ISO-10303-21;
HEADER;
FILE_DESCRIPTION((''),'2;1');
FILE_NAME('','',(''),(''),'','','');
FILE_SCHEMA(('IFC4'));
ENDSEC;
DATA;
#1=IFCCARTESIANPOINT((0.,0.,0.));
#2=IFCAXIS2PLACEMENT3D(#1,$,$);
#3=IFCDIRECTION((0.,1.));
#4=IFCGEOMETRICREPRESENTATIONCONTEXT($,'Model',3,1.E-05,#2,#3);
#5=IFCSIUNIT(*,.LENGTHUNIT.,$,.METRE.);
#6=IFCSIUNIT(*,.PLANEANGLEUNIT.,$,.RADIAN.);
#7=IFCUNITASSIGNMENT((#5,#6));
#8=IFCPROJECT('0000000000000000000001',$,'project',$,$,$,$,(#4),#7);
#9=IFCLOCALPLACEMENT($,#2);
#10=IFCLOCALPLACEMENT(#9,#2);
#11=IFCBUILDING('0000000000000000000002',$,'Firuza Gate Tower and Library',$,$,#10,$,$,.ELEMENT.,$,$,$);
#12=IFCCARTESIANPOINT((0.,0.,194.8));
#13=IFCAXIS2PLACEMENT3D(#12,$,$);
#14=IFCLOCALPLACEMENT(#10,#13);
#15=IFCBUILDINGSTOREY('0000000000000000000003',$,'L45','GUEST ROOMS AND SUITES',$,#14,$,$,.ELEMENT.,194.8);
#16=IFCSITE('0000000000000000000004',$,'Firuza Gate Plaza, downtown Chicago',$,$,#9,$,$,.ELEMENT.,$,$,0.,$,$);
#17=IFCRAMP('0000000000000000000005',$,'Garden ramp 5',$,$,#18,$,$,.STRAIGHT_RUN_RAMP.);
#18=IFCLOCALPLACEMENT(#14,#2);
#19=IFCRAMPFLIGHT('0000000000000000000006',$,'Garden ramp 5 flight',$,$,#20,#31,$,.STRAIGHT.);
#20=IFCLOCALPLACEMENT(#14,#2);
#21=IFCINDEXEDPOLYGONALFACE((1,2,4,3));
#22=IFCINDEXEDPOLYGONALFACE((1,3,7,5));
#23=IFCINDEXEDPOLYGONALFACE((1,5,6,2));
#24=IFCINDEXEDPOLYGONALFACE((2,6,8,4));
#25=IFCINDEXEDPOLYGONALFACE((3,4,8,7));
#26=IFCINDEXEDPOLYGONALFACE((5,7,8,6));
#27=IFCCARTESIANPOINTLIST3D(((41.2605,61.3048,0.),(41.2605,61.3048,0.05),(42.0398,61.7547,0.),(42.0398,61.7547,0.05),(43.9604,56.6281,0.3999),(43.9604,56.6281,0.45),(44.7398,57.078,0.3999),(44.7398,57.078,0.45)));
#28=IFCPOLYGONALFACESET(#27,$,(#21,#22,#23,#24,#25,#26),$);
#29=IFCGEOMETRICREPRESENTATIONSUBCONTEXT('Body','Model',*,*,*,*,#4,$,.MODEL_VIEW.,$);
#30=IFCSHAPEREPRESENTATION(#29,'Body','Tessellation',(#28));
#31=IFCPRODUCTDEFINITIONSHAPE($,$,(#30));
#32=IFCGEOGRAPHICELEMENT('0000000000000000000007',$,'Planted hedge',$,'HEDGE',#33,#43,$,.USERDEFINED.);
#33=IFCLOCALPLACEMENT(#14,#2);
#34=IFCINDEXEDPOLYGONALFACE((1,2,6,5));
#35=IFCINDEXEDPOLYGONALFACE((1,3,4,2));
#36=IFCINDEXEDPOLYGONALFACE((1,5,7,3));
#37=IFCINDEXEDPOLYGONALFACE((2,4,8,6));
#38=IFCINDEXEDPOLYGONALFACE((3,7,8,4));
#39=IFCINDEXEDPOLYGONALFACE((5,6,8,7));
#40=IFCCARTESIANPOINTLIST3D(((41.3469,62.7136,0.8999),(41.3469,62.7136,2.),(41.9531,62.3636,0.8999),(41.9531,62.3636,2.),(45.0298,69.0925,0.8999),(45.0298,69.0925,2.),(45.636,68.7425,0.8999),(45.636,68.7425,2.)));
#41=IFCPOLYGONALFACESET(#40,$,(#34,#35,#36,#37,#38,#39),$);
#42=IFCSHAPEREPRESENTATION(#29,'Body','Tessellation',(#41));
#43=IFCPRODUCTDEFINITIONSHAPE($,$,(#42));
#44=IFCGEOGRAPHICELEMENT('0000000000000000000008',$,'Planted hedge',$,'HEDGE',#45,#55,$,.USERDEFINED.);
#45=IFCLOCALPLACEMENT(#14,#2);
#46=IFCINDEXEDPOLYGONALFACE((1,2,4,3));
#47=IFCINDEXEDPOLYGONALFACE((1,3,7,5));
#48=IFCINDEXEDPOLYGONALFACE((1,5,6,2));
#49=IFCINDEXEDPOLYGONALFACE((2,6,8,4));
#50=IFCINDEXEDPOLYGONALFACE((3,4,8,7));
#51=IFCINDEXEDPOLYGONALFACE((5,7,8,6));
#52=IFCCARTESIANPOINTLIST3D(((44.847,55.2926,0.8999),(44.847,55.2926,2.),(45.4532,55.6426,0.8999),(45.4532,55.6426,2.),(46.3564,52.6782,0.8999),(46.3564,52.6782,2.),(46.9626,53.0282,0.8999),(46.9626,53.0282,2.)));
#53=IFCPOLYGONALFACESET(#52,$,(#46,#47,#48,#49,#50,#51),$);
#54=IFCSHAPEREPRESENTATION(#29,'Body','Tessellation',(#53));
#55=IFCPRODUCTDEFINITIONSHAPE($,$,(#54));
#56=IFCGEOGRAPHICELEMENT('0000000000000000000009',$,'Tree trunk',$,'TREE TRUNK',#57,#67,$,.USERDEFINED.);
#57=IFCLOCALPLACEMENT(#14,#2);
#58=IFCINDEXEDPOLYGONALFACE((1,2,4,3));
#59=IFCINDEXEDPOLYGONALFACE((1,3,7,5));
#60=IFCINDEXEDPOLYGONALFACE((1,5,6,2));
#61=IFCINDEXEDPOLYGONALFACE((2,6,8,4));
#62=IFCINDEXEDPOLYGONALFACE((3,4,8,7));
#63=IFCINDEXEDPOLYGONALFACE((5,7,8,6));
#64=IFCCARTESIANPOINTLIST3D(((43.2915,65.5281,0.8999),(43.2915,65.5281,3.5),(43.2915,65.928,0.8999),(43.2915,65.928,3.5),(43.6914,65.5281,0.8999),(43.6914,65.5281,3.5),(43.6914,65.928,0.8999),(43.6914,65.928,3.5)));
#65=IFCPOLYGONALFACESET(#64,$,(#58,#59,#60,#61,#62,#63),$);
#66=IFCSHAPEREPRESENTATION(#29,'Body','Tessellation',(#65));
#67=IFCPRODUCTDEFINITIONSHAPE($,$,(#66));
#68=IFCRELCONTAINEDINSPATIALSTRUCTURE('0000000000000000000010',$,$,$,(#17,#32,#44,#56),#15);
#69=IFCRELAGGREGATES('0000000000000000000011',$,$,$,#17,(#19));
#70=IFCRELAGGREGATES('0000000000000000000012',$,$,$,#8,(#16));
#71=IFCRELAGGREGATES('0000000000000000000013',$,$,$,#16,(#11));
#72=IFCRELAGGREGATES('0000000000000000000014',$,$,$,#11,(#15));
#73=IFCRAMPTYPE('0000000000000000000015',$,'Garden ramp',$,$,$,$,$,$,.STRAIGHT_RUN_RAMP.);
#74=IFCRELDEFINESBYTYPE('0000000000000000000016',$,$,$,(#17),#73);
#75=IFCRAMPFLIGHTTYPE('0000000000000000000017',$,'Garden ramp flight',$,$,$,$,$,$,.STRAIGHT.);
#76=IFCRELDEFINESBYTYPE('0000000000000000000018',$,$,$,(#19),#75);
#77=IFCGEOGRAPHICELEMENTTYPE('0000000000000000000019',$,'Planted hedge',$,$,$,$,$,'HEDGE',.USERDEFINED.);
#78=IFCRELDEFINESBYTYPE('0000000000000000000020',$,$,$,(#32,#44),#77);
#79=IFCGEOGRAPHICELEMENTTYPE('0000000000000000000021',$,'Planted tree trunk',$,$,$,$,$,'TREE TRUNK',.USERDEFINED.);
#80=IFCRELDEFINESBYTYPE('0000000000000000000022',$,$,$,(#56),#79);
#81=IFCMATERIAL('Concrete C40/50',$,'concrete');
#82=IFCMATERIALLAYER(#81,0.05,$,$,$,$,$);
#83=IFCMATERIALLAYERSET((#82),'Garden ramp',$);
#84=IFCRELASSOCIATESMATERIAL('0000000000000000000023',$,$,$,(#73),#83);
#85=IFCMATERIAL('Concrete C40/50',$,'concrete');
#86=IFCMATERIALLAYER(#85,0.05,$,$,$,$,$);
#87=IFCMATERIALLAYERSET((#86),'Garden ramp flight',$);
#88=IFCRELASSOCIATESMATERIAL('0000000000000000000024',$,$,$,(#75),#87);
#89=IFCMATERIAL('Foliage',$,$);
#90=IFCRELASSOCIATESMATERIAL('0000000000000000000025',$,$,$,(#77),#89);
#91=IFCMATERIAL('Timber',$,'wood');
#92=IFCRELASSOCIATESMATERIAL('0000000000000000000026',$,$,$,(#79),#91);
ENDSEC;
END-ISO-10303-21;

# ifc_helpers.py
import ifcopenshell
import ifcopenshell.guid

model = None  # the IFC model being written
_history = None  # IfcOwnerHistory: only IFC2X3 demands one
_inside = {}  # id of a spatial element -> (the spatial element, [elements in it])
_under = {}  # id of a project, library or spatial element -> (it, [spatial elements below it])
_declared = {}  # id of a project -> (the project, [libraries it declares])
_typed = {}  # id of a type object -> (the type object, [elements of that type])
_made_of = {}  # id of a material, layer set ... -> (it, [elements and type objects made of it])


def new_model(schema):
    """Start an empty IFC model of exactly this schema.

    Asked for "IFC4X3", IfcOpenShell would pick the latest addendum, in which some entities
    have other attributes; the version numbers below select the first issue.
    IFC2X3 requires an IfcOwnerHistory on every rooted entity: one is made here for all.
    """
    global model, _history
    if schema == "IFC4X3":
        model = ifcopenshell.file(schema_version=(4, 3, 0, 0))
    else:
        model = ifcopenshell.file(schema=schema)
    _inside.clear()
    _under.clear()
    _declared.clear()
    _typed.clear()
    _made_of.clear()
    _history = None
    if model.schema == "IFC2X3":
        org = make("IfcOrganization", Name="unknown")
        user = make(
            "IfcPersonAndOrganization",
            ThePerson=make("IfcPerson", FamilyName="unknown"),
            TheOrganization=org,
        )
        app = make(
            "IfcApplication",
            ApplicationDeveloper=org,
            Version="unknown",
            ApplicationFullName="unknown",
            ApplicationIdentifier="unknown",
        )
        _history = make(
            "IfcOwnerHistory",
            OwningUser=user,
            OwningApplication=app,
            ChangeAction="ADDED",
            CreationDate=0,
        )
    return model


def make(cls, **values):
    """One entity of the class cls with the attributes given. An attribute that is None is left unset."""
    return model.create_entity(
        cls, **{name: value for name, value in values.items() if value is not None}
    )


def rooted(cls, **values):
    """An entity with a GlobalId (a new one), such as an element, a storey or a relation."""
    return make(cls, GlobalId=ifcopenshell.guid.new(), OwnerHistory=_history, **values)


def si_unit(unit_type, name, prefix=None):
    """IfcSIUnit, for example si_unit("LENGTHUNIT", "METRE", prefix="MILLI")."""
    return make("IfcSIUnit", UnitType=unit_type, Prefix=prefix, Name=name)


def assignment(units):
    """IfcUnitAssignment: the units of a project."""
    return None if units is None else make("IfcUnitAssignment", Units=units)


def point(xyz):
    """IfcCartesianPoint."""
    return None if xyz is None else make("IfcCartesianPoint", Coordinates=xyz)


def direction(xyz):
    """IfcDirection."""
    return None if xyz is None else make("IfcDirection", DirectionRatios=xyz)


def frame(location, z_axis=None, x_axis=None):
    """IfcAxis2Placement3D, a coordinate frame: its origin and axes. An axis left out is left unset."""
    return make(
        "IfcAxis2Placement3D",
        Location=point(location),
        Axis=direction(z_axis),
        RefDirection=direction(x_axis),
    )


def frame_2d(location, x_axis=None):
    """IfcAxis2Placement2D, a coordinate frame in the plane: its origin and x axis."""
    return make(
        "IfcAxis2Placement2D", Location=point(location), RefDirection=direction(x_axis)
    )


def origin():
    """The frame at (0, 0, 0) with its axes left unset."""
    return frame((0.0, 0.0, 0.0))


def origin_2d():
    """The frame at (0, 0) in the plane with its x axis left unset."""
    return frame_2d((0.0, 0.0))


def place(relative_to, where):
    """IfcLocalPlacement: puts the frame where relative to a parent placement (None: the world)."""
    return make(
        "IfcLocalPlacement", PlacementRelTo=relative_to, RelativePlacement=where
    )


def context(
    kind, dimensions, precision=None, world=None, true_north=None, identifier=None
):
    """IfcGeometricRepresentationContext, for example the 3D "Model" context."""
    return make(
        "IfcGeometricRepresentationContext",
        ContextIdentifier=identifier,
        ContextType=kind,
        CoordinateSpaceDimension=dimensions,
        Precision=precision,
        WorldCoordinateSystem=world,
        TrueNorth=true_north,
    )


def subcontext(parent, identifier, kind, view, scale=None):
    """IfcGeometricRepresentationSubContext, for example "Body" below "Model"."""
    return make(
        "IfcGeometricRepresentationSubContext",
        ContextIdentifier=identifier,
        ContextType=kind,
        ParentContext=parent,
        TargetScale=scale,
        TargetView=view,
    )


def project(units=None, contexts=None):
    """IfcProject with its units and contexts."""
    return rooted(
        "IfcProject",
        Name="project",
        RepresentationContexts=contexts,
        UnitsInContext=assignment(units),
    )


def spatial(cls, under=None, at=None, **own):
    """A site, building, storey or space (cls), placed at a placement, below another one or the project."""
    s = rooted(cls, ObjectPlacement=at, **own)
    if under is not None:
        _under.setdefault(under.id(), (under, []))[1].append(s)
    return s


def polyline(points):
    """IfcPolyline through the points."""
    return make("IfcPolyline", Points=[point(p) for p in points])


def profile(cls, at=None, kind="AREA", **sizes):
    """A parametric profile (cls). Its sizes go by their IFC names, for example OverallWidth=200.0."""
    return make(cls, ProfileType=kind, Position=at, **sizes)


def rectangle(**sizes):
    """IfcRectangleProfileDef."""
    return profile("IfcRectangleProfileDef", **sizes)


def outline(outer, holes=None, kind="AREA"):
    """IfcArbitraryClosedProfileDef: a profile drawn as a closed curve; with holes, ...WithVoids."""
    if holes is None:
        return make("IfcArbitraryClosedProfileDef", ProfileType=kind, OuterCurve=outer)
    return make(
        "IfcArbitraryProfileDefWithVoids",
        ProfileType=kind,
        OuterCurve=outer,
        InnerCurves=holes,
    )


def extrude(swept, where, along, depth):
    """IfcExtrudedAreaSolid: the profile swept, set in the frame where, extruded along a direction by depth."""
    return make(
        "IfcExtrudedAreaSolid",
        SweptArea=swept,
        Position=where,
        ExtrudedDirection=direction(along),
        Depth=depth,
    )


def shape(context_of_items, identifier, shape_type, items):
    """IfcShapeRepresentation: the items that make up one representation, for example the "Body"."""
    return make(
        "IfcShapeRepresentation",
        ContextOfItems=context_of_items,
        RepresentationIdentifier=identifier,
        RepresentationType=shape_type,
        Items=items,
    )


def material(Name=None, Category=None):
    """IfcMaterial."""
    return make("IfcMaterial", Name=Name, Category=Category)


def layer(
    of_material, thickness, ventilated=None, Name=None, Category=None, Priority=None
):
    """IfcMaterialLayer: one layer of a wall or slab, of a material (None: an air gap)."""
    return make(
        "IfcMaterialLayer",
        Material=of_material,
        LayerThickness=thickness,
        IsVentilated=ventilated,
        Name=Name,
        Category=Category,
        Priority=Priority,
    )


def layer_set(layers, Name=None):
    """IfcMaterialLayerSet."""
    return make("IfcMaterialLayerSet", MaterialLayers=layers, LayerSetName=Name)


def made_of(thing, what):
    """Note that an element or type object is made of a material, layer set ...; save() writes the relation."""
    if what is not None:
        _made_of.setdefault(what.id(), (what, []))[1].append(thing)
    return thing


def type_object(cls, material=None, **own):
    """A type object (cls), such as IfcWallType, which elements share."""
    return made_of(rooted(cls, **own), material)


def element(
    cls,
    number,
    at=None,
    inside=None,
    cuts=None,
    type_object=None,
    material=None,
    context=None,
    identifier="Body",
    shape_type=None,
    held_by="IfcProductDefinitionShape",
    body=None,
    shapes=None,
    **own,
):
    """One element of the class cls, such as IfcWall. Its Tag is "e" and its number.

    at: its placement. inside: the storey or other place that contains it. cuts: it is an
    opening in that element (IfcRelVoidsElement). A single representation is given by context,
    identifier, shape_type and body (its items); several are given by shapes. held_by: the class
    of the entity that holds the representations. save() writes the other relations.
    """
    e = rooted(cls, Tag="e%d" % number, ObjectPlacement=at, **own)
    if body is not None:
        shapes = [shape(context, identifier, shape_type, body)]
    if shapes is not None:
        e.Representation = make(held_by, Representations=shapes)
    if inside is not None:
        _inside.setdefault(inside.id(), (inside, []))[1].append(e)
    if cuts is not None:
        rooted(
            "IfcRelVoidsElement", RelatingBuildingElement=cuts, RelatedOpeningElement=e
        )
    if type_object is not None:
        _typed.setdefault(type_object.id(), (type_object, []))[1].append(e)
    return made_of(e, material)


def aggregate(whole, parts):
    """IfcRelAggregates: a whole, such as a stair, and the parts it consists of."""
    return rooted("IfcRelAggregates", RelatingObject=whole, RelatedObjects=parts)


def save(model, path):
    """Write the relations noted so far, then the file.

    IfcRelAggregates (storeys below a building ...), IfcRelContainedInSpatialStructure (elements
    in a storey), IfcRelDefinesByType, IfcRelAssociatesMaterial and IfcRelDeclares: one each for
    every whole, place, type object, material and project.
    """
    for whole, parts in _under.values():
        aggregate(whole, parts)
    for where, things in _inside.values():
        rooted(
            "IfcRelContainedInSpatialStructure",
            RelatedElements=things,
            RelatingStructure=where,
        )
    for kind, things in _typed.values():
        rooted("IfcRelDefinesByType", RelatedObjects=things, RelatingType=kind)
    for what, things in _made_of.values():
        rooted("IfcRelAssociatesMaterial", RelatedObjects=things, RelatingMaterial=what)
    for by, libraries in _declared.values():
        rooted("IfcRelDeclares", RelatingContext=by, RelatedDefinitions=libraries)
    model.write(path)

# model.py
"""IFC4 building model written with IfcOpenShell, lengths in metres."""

from ifc_helpers import new_model, si_unit, direction, frame, origin, origin_2d, place, context, subcontext, project, spatial, polyline, rectangle, outline, extrude, material, layer, layer_set, type_object, element, aggregate, save


model = new_model("IFC4")

# Units and contexts
model_context = context("Model", 3, precision=1e-05, world=origin(), true_north=direction((0.0, 1.0)))
body_context = subcontext(model_context, "Body", "Model", "MODEL_VIEW")
ifc_project = project(units=[si_unit("LENGTHUNIT", "METRE"), si_unit("PLANEANGLEUNIT", "RADIAN")], contexts=[model_context])

# Site, building, storey
site_placement = place(None, origin())
site = spatial("IfcSite", under=ifc_project, at=site_placement, Name="Firuza Gate Plaza, downtown Chicago", CompositionType="ELEMENT", RefElevation=0.0)
building_placement = place(site_placement, origin())
building = spatial("IfcBuilding", under=site, at=building_placement, Name="Firuza Gate Tower and Library", CompositionType="ELEMENT")
storey_placement = place(building_placement, frame((0.0, 0.0, 194.8)))
storey = spatial("IfcBuildingStorey", under=building, at=storey_placement, Name="L45", Description="GUEST ROOMS AND SUITES", CompositionType="ELEMENT", Elevation=194.8)

# Shared definitions
placement = place(storey_placement, origin())

# Ramp, ramp flight
ifc_material_1 = material(Name="Concrete C40/50", Category="concrete")
ifc_layer_1 = layer(ifc_material_1, 0.05)
ifc_layer_set_1 = layer_set([ifc_layer_1], Name="Garden ramp")
ramp_type = type_object("IfcRampType", Name="Garden ramp", PredefinedType="STRAIGHT_RUN_RAMP", material=ifc_layer_set_1)
ramp = element("IfcRamp", 1, at=placement, inside=storey, type_object=ramp_type, Name="Garden ramp 5", PredefinedType="STRAIGHT_RUN_RAMP")
ifc_material_2 = material(Name="Concrete C40/50", Category="concrete")
ifc_layer_2 = layer(ifc_material_2, 0.05)
ifc_layer_set_2 = layer_set([ifc_layer_2], Name="Garden ramp flight")
ramp_flight_type = type_object("IfcRampFlightType", Name="Garden ramp flight", PredefinedType="STRAIGHT", material=ifc_layer_set_2)
ramp_flight_placement = place(storey_placement, frame((41.6501, 61.5298, 0.0), z_axis=(0.0, 0.0, 1.0), x_axis=(0.499976, -0.86604, 0.0)))
ramp_flight = element("IfcRampFlight", 2, at=ramp_flight_placement, type_object=ramp_flight_type, Name="Garden ramp 5 flight", PredefinedType="STRAIGHT", context=body_context, shape_type="SweptSolid", body=[
    extrude(outline(polyline([(0.0, 0.05), (5.4001, 0.45), (5.4001, 0.3999), (0.0, 0.0), (0.0, 0.05)])), frame((0.0, 0.45, 0.0), z_axis=(0.0, -1.0, 0.0), x_axis=(1.0, 0.0, 0.0)), (0.0, 0.0, 1.0), 0.8999),
])
aggregate(ramp, [ramp_flight])

# Geographic elements
ifc_material_3 = material(Name="Foliage")
geographic_element_type_1 = type_object("IfcGeographicElementType", Name="Planted hedge", ElementType="HEDGE", PredefinedType="USERDEFINED", material=ifc_material_3)
geographic_element_1_placement = place(storey_placement, frame((43.4915, 65.728, 0.8999), z_axis=(0.0, 0.0, 1.0), x_axis=(-0.5, -0.866025, 0.0)))
element("IfcGeographicElement", 3, at=geographic_element_1_placement, inside=storey, type_object=geographic_element_type_1, Name="Planted hedge", ObjectType="HEDGE", PredefinedType="USERDEFINED", context=body_context, shape_type="SweptSolid", body=[
    extrude(rectangle(XDim=7.3657, YDim=0.7, at=origin_2d()), origin(), (0.0, 0.0, 1.0), 1.1001),
])
geographic_element_2_placement = place(storey_placement, frame((45.9048, 54.1604, 0.8999), z_axis=(0.0, 0.0, 1.0), x_axis=(0.5, -0.866025, 0.0)))
element("IfcGeographicElement", 4, at=geographic_element_2_placement, inside=storey, type_object=geographic_element_type_1, Name="Planted hedge", ObjectType="HEDGE", PredefinedType="USERDEFINED", context=body_context, shape_type="SweptSolid", body=[
    extrude(rectangle(XDim=3.0188, YDim=0.7, at=origin_2d()), origin(), (0.0, 0.0, 1.0), 1.1001),
])
ifc_material_4 = material(Name="Timber", Category="wood")
geographic_element_type_2 = type_object("IfcGeographicElementType", Name="Planted tree trunk", ElementType="TREE TRUNK", PredefinedType="USERDEFINED", material=ifc_material_4)
geographic_element_3_placement = place(storey_placement, frame((43.4915, 65.728, 0.8999), z_axis=(0.0, 0.0, 1.0), x_axis=(1.0, 0.0, 0.0)))
element("IfcGeographicElement", 5, at=geographic_element_3_placement, inside=storey, type_object=geographic_element_type_2, Name="Tree trunk", ObjectType="TREE TRUNK", PredefinedType="USERDEFINED", context=body_context, shape_type="SweptSolid", body=[
    extrude(rectangle(XDim=0.3999, YDim=0.3999, at=origin_2d()), origin(), (0.0, 0.0, 1.0), 2.6001),
])

save(model, "model.ifc")
